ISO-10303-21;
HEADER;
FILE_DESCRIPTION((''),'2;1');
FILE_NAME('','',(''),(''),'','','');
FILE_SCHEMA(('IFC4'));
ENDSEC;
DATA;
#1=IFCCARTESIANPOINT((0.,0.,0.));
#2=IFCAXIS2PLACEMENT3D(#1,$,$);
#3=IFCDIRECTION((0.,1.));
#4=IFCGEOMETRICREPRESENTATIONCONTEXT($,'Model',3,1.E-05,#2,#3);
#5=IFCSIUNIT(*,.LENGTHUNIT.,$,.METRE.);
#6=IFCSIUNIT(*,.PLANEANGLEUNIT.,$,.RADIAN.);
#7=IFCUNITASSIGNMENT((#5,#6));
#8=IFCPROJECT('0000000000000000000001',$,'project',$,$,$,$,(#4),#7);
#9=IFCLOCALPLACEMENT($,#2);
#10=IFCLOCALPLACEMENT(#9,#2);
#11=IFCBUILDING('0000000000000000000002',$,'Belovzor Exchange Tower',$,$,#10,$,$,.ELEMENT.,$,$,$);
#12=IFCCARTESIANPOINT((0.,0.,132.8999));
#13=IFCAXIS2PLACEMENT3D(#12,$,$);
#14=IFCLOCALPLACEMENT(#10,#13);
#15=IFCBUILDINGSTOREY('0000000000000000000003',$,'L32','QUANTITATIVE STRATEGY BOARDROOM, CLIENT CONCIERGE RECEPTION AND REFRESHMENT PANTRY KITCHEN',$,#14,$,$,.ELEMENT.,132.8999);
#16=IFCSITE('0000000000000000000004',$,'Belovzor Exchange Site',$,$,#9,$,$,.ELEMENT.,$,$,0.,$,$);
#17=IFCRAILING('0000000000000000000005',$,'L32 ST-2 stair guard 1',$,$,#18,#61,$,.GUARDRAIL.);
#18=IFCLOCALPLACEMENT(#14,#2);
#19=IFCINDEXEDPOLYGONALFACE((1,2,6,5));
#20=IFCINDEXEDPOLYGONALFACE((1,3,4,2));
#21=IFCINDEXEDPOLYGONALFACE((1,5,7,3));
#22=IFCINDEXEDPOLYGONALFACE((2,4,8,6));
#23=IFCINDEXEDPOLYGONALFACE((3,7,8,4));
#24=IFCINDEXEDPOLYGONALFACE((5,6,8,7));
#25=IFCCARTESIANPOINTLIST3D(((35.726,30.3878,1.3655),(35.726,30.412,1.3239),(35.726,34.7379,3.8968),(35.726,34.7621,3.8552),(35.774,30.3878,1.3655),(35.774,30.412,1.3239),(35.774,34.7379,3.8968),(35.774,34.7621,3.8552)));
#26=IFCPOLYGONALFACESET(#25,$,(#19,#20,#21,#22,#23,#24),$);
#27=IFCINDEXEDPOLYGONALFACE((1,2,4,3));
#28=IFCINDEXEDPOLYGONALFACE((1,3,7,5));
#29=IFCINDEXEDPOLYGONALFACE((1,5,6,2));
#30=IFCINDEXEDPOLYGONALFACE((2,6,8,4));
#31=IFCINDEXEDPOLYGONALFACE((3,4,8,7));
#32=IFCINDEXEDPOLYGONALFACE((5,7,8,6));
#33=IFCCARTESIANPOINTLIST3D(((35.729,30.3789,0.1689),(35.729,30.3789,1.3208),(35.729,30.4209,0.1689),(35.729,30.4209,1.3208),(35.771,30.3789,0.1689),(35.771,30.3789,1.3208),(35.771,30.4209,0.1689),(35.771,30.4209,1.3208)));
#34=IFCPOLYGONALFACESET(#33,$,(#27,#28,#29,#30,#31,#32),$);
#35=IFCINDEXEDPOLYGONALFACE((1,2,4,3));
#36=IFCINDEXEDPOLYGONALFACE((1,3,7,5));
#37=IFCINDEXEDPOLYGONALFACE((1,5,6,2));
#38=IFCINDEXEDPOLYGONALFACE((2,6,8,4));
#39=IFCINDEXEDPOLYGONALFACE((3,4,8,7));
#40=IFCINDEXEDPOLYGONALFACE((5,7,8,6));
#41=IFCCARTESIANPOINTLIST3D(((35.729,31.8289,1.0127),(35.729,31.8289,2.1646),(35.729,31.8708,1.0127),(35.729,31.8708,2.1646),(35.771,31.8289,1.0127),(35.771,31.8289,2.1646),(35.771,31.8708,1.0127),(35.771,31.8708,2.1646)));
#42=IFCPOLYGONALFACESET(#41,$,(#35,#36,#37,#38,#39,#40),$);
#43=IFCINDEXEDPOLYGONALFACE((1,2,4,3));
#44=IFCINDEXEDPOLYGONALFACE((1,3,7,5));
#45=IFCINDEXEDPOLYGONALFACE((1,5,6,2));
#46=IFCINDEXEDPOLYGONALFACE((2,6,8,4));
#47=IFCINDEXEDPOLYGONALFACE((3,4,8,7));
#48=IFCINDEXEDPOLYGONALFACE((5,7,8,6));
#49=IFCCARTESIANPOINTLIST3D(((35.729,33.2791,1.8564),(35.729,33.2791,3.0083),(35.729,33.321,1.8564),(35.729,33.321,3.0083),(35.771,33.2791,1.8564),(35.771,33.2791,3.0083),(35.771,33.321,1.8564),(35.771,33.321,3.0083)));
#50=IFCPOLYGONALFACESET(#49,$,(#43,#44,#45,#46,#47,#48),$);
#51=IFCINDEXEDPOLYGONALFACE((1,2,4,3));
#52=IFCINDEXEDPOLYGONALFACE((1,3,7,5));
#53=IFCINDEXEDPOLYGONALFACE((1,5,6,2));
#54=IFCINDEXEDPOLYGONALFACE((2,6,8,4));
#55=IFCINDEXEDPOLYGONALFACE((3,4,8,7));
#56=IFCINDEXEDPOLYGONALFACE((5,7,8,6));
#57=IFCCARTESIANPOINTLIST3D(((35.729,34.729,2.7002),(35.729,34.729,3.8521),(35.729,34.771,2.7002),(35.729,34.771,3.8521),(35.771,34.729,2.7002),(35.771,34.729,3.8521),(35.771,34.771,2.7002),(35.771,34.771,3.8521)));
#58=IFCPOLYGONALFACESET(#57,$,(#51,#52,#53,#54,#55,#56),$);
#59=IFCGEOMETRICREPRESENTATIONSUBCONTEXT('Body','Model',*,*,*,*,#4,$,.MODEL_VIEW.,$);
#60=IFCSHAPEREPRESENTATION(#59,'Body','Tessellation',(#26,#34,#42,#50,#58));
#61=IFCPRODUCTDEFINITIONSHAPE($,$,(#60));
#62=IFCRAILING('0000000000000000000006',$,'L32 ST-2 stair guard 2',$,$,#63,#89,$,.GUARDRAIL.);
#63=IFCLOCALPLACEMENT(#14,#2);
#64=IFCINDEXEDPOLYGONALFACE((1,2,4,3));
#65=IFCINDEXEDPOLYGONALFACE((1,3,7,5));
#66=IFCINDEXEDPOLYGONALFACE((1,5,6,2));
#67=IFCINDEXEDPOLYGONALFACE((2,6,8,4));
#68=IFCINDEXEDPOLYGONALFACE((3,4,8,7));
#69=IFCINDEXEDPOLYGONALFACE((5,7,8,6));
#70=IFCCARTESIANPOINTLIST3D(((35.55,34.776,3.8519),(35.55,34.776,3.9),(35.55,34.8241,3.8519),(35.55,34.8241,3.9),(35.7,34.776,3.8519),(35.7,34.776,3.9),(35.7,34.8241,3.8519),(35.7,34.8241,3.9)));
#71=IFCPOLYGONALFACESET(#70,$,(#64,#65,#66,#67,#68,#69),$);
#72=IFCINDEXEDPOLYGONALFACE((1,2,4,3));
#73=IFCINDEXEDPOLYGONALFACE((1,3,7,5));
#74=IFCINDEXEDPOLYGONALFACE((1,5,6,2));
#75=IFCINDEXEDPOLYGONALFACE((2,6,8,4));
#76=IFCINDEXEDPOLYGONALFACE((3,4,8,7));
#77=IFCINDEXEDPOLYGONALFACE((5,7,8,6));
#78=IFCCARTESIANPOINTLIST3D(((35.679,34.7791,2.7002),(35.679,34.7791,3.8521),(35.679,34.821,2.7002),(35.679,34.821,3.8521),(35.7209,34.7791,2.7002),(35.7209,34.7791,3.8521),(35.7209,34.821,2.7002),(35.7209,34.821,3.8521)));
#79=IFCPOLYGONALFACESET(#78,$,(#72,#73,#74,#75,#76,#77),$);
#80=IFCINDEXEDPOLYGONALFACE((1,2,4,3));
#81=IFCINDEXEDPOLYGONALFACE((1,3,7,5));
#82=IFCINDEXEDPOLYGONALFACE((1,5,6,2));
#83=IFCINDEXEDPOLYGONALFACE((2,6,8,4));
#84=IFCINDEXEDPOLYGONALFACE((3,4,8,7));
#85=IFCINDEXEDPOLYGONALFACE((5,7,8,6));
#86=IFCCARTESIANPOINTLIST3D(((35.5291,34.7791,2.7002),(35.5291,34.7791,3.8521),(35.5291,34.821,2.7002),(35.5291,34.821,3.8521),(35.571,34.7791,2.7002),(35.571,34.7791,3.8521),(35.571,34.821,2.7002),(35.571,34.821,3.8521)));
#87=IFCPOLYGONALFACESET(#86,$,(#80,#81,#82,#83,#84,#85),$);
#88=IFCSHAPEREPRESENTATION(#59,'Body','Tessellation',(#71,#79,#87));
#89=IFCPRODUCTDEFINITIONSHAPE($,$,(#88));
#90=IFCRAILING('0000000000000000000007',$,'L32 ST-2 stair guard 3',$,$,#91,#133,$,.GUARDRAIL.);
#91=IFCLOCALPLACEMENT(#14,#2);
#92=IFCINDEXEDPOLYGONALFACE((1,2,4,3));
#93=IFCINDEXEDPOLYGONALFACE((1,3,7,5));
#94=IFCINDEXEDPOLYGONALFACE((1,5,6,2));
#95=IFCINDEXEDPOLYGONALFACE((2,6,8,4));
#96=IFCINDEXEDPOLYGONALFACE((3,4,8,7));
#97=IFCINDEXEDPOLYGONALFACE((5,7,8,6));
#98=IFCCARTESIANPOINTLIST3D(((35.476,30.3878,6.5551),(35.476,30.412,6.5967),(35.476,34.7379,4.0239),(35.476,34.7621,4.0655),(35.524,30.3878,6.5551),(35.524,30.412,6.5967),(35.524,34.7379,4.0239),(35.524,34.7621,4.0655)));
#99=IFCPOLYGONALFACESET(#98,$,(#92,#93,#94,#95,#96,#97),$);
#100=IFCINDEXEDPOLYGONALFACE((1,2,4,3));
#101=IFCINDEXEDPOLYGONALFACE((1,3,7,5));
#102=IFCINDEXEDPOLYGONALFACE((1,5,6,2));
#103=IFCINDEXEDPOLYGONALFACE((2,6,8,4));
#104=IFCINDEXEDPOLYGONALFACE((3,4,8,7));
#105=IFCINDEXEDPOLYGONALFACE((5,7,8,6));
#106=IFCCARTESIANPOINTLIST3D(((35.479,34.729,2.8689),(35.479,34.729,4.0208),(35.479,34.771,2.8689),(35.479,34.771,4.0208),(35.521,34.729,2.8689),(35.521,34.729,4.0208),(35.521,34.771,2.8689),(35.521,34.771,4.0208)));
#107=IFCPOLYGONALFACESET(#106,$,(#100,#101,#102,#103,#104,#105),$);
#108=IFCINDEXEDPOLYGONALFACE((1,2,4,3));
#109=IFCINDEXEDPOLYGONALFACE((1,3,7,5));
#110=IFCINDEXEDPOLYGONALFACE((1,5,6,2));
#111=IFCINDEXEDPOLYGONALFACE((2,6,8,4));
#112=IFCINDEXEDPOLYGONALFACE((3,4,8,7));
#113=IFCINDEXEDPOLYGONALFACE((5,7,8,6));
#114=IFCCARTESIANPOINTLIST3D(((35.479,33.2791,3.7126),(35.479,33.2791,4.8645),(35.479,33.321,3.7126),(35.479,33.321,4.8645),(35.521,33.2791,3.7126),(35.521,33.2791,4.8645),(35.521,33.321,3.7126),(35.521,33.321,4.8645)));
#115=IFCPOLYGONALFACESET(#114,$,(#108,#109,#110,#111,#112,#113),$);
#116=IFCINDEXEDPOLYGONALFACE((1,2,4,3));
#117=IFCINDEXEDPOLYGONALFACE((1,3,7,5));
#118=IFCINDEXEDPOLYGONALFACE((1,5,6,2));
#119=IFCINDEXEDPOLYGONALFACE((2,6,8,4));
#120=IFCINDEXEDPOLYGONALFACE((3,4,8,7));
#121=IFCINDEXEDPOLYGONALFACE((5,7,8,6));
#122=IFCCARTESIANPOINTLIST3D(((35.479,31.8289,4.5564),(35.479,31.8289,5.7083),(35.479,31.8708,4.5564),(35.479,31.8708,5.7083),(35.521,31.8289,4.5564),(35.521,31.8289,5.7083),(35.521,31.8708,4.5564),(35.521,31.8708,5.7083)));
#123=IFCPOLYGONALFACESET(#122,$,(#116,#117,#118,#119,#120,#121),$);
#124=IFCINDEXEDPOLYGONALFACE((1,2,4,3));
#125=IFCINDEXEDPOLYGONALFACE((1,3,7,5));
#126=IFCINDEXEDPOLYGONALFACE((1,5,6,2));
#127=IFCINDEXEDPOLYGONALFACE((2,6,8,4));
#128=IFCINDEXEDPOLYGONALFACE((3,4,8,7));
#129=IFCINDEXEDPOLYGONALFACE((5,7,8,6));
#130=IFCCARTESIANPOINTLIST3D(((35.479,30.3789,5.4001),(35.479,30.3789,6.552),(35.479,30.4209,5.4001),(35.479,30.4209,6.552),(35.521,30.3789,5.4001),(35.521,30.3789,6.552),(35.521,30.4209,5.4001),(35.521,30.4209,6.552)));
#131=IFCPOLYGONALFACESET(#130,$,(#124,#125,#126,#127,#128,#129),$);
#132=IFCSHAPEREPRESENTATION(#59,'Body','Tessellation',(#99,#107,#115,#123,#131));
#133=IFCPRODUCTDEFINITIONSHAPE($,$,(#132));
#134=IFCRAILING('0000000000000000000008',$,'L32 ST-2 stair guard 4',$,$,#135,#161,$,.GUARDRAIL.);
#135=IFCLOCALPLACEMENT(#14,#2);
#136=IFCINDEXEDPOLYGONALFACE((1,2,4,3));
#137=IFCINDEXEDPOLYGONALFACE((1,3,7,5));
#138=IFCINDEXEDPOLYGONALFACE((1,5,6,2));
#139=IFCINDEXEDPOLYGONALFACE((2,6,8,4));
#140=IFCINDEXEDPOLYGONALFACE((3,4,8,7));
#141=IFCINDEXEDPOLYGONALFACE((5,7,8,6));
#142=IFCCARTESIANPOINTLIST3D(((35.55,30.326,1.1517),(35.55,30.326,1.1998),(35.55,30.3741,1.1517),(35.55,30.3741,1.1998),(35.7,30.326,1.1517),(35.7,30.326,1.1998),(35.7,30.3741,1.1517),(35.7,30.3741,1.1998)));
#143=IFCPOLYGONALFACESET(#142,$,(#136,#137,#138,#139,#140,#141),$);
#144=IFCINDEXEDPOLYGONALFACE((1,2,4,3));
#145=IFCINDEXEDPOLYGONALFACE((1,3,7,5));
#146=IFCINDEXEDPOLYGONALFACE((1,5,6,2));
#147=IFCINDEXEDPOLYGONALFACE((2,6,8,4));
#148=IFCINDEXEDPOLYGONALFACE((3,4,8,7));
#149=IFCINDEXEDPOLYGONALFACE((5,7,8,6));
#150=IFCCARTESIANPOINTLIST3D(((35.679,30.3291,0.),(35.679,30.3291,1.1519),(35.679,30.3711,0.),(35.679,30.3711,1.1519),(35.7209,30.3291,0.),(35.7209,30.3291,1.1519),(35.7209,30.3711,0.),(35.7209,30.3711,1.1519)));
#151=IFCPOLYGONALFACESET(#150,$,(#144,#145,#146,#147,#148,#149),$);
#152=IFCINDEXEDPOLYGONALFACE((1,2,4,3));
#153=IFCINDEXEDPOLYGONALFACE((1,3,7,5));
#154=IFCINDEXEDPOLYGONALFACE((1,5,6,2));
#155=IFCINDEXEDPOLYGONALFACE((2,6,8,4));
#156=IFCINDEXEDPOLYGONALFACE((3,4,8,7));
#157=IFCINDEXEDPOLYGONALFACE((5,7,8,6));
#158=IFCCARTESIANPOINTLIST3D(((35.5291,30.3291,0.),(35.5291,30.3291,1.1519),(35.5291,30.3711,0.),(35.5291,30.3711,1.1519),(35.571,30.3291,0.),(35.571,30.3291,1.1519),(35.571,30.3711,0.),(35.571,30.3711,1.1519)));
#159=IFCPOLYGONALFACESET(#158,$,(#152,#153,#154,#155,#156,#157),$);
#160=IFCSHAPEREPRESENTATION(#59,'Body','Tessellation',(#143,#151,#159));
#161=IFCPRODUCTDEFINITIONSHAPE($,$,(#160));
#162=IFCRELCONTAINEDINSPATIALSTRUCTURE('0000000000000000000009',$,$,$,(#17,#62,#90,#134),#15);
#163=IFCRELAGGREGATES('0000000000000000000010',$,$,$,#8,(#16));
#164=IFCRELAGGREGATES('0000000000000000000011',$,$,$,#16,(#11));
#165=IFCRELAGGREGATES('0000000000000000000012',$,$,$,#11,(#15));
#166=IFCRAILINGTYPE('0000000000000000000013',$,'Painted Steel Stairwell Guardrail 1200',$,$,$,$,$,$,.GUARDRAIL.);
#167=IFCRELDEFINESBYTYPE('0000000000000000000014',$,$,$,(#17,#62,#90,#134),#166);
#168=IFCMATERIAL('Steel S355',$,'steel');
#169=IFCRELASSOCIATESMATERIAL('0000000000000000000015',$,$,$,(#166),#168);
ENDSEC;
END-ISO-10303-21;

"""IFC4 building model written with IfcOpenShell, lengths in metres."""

from ifc_helpers import new_model, si_unit, direction, frame, origin, origin_2d, place, context, subcontext, project, spatial, rectangle, extrude, material, type_object, element, save


model = new_model("IFC4")

# Units and contexts
model_context = context("Model", 3, precision=1e-05, world=origin(), true_north=direction((0.0, 1.0)))
body_context = subcontext(model_context, "Body", "Model", "MODEL_VIEW")
ifc_project = project(units=[si_unit("LENGTHUNIT", "METRE"), si_unit("PLANEANGLEUNIT", "RADIAN")], contexts=[model_context])

# Site, building, storey
site_placement = place(None, origin())
site = spatial("IfcSite", under=ifc_project, at=site_placement, Name="Belovzor Exchange Site", CompositionType="ELEMENT", RefElevation=0.0)
building_placement = place(site_placement, origin())
building = spatial("IfcBuilding", under=site, at=building_placement, Name="Belovzor Exchange Tower", CompositionType="ELEMENT")
storey_placement = place(building_placement, frame((0.0, 0.0, 132.8999)))
storey = spatial("IfcBuildingStorey", under=building, at=storey_placement, Name="L32", Description="QUANTITATIVE STRATEGY BOARDROOM, CLIENT CONCIERGE RECEPTION AND REFRESHMENT PANTRY KITCHEN", CompositionType="ELEMENT", Elevation=132.8999)

# Railings
ifc_material_1 = material(Name="Steel S355", Category="steel")
railing_type_1 = type_object("IfcRailingType", Name="Painted Steel Stairwell Guardrail 1200", PredefinedType="GUARDRAIL", material=ifc_material_1)
railing_1_placement = place(storey_placement, frame((35.75, 30.3999, 0.1689)))
element("IfcRailing", 1, at=railing_1_placement, inside=storey, type_object=railing_type_1, Name="L32 ST-2 stair guard 1", PredefinedType="GUARDRAIL", context=body_context, shape_type="SweptSolid", body=[
    extrude(rectangle(XDim=0.0481, YDim=0.0481, at=origin_2d()), frame((0.0, 0.0, 1.1758), z_axis=(0.0, 0.864324, 0.502936), x_axis=(-1.0, 0.0, 0.0)), (0.0, 0.0, 1.0), 5.033),
    extrude(rectangle(XDim=0.042, YDim=0.042, at=origin_2d()), origin(), (0.0, 0.0, 1.0), 1.1519),
    extrude(rectangle(XDim=0.042, YDim=0.042, at=origin_2d()), frame((0.0, 1.45, 0.8438)), (0.0, 0.0, 1.0), 1.1519),
    extrude(rectangle(XDim=0.042, YDim=0.042, at=origin_2d()), frame((0.0, 2.9001, 1.6875)), (0.0, 0.0, 1.0), 1.1519),
    extrude(rectangle(XDim=0.042, YDim=0.042, at=origin_2d()), frame((0.0, 4.3501, 2.5312)), (0.0, 0.0, 1.0), 1.1519),
])
railing_2_placement = place(storey_placement, frame((35.7, 34.8, 2.7002)))
element("IfcRailing", 2, at=railing_2_placement, inside=storey, type_object=railing_type_1, Name="L32 ST-2 stair guard 2", PredefinedType="GUARDRAIL", context=body_context, shape_type="SweptSolid", body=[
    extrude(rectangle(XDim=0.0481, YDim=0.0481, at=origin_2d()), frame((0.0, 0.0, 1.1758), z_axis=(-1.0, 0.0, 0.0), x_axis=(0.0, -1.0, 0.0)), (0.0, 0.0, 1.0), 0.1499),
    extrude(rectangle(XDim=0.042, YDim=0.042, at=origin_2d()), origin(), (0.0, 0.0, 1.0), 1.1519),
    extrude(rectangle(XDim=0.042, YDim=0.042, at=origin_2d()), frame((-0.1499, 0.0, 0.0)), (0.0, 0.0, 1.0), 1.1519),
])
railing_3_placement = place(storey_placement, frame((35.5, 34.75, 2.8689)))
element("IfcRailing", 3, at=railing_3_placement, inside=storey, type_object=railing_type_1, Name="L32 ST-2 stair guard 3", PredefinedType="GUARDRAIL", context=body_context, shape_type="SweptSolid", body=[
    extrude(rectangle(XDim=0.0481, YDim=0.0481, at=origin_2d()), frame((0.0, 0.0, 1.1758), z_axis=(0.0, -0.864324, 0.502936), x_axis=(1.0, 0.0, 0.0)), (0.0, 0.0, 1.0), 5.033),
    extrude(rectangle(XDim=0.042, YDim=0.042, at=origin_2d()), origin(), (0.0, 0.0, 1.0), 1.1519),
    extrude(rectangle(XDim=0.042, YDim=0.042, at=origin_2d()), frame((0.0, -1.45, 0.8438)), (0.0, 0.0, 1.0), 1.1519),
    extrude(rectangle(XDim=0.042, YDim=0.042, at=origin_2d()), frame((0.0, -2.9001, 1.6875)), (0.0, 0.0, 1.0), 1.1519),
    extrude(rectangle(XDim=0.042, YDim=0.042, at=origin_2d()), frame((0.0, -4.3501, 2.5312)), (0.0, 0.0, 1.0), 1.1519),
])
railing_4_placement = place(storey_placement, frame((35.7, 30.3501, 0.0)))
element("IfcRailing", 4, at=railing_4_placement, inside=storey, type_object=railing_type_1, Name="L32 ST-2 stair guard 4", PredefinedType="GUARDRAIL", context=body_context, shape_type="SweptSolid", body=[
    extrude(rectangle(XDim=0.0481, YDim=0.0481, at=origin_2d()), frame((0.0, 0.0, 1.1758), z_axis=(-1.0, 0.0, 0.0), x_axis=(0.0, -1.0, 0.0)), (0.0, 0.0, 1.0), 0.1499),
    extrude(rectangle(XDim=0.042, YDim=0.042, at=origin_2d()), origin(), (0.0, 0.0, 1.0), 1.1519),
    extrude(rectangle(XDim=0.042, YDim=0.042, at=origin_2d()), frame((-0.1499, 0.0, 0.0)), (0.0, 0.0, 1.0), 1.1519),
])

save(model, "model.ifc")
